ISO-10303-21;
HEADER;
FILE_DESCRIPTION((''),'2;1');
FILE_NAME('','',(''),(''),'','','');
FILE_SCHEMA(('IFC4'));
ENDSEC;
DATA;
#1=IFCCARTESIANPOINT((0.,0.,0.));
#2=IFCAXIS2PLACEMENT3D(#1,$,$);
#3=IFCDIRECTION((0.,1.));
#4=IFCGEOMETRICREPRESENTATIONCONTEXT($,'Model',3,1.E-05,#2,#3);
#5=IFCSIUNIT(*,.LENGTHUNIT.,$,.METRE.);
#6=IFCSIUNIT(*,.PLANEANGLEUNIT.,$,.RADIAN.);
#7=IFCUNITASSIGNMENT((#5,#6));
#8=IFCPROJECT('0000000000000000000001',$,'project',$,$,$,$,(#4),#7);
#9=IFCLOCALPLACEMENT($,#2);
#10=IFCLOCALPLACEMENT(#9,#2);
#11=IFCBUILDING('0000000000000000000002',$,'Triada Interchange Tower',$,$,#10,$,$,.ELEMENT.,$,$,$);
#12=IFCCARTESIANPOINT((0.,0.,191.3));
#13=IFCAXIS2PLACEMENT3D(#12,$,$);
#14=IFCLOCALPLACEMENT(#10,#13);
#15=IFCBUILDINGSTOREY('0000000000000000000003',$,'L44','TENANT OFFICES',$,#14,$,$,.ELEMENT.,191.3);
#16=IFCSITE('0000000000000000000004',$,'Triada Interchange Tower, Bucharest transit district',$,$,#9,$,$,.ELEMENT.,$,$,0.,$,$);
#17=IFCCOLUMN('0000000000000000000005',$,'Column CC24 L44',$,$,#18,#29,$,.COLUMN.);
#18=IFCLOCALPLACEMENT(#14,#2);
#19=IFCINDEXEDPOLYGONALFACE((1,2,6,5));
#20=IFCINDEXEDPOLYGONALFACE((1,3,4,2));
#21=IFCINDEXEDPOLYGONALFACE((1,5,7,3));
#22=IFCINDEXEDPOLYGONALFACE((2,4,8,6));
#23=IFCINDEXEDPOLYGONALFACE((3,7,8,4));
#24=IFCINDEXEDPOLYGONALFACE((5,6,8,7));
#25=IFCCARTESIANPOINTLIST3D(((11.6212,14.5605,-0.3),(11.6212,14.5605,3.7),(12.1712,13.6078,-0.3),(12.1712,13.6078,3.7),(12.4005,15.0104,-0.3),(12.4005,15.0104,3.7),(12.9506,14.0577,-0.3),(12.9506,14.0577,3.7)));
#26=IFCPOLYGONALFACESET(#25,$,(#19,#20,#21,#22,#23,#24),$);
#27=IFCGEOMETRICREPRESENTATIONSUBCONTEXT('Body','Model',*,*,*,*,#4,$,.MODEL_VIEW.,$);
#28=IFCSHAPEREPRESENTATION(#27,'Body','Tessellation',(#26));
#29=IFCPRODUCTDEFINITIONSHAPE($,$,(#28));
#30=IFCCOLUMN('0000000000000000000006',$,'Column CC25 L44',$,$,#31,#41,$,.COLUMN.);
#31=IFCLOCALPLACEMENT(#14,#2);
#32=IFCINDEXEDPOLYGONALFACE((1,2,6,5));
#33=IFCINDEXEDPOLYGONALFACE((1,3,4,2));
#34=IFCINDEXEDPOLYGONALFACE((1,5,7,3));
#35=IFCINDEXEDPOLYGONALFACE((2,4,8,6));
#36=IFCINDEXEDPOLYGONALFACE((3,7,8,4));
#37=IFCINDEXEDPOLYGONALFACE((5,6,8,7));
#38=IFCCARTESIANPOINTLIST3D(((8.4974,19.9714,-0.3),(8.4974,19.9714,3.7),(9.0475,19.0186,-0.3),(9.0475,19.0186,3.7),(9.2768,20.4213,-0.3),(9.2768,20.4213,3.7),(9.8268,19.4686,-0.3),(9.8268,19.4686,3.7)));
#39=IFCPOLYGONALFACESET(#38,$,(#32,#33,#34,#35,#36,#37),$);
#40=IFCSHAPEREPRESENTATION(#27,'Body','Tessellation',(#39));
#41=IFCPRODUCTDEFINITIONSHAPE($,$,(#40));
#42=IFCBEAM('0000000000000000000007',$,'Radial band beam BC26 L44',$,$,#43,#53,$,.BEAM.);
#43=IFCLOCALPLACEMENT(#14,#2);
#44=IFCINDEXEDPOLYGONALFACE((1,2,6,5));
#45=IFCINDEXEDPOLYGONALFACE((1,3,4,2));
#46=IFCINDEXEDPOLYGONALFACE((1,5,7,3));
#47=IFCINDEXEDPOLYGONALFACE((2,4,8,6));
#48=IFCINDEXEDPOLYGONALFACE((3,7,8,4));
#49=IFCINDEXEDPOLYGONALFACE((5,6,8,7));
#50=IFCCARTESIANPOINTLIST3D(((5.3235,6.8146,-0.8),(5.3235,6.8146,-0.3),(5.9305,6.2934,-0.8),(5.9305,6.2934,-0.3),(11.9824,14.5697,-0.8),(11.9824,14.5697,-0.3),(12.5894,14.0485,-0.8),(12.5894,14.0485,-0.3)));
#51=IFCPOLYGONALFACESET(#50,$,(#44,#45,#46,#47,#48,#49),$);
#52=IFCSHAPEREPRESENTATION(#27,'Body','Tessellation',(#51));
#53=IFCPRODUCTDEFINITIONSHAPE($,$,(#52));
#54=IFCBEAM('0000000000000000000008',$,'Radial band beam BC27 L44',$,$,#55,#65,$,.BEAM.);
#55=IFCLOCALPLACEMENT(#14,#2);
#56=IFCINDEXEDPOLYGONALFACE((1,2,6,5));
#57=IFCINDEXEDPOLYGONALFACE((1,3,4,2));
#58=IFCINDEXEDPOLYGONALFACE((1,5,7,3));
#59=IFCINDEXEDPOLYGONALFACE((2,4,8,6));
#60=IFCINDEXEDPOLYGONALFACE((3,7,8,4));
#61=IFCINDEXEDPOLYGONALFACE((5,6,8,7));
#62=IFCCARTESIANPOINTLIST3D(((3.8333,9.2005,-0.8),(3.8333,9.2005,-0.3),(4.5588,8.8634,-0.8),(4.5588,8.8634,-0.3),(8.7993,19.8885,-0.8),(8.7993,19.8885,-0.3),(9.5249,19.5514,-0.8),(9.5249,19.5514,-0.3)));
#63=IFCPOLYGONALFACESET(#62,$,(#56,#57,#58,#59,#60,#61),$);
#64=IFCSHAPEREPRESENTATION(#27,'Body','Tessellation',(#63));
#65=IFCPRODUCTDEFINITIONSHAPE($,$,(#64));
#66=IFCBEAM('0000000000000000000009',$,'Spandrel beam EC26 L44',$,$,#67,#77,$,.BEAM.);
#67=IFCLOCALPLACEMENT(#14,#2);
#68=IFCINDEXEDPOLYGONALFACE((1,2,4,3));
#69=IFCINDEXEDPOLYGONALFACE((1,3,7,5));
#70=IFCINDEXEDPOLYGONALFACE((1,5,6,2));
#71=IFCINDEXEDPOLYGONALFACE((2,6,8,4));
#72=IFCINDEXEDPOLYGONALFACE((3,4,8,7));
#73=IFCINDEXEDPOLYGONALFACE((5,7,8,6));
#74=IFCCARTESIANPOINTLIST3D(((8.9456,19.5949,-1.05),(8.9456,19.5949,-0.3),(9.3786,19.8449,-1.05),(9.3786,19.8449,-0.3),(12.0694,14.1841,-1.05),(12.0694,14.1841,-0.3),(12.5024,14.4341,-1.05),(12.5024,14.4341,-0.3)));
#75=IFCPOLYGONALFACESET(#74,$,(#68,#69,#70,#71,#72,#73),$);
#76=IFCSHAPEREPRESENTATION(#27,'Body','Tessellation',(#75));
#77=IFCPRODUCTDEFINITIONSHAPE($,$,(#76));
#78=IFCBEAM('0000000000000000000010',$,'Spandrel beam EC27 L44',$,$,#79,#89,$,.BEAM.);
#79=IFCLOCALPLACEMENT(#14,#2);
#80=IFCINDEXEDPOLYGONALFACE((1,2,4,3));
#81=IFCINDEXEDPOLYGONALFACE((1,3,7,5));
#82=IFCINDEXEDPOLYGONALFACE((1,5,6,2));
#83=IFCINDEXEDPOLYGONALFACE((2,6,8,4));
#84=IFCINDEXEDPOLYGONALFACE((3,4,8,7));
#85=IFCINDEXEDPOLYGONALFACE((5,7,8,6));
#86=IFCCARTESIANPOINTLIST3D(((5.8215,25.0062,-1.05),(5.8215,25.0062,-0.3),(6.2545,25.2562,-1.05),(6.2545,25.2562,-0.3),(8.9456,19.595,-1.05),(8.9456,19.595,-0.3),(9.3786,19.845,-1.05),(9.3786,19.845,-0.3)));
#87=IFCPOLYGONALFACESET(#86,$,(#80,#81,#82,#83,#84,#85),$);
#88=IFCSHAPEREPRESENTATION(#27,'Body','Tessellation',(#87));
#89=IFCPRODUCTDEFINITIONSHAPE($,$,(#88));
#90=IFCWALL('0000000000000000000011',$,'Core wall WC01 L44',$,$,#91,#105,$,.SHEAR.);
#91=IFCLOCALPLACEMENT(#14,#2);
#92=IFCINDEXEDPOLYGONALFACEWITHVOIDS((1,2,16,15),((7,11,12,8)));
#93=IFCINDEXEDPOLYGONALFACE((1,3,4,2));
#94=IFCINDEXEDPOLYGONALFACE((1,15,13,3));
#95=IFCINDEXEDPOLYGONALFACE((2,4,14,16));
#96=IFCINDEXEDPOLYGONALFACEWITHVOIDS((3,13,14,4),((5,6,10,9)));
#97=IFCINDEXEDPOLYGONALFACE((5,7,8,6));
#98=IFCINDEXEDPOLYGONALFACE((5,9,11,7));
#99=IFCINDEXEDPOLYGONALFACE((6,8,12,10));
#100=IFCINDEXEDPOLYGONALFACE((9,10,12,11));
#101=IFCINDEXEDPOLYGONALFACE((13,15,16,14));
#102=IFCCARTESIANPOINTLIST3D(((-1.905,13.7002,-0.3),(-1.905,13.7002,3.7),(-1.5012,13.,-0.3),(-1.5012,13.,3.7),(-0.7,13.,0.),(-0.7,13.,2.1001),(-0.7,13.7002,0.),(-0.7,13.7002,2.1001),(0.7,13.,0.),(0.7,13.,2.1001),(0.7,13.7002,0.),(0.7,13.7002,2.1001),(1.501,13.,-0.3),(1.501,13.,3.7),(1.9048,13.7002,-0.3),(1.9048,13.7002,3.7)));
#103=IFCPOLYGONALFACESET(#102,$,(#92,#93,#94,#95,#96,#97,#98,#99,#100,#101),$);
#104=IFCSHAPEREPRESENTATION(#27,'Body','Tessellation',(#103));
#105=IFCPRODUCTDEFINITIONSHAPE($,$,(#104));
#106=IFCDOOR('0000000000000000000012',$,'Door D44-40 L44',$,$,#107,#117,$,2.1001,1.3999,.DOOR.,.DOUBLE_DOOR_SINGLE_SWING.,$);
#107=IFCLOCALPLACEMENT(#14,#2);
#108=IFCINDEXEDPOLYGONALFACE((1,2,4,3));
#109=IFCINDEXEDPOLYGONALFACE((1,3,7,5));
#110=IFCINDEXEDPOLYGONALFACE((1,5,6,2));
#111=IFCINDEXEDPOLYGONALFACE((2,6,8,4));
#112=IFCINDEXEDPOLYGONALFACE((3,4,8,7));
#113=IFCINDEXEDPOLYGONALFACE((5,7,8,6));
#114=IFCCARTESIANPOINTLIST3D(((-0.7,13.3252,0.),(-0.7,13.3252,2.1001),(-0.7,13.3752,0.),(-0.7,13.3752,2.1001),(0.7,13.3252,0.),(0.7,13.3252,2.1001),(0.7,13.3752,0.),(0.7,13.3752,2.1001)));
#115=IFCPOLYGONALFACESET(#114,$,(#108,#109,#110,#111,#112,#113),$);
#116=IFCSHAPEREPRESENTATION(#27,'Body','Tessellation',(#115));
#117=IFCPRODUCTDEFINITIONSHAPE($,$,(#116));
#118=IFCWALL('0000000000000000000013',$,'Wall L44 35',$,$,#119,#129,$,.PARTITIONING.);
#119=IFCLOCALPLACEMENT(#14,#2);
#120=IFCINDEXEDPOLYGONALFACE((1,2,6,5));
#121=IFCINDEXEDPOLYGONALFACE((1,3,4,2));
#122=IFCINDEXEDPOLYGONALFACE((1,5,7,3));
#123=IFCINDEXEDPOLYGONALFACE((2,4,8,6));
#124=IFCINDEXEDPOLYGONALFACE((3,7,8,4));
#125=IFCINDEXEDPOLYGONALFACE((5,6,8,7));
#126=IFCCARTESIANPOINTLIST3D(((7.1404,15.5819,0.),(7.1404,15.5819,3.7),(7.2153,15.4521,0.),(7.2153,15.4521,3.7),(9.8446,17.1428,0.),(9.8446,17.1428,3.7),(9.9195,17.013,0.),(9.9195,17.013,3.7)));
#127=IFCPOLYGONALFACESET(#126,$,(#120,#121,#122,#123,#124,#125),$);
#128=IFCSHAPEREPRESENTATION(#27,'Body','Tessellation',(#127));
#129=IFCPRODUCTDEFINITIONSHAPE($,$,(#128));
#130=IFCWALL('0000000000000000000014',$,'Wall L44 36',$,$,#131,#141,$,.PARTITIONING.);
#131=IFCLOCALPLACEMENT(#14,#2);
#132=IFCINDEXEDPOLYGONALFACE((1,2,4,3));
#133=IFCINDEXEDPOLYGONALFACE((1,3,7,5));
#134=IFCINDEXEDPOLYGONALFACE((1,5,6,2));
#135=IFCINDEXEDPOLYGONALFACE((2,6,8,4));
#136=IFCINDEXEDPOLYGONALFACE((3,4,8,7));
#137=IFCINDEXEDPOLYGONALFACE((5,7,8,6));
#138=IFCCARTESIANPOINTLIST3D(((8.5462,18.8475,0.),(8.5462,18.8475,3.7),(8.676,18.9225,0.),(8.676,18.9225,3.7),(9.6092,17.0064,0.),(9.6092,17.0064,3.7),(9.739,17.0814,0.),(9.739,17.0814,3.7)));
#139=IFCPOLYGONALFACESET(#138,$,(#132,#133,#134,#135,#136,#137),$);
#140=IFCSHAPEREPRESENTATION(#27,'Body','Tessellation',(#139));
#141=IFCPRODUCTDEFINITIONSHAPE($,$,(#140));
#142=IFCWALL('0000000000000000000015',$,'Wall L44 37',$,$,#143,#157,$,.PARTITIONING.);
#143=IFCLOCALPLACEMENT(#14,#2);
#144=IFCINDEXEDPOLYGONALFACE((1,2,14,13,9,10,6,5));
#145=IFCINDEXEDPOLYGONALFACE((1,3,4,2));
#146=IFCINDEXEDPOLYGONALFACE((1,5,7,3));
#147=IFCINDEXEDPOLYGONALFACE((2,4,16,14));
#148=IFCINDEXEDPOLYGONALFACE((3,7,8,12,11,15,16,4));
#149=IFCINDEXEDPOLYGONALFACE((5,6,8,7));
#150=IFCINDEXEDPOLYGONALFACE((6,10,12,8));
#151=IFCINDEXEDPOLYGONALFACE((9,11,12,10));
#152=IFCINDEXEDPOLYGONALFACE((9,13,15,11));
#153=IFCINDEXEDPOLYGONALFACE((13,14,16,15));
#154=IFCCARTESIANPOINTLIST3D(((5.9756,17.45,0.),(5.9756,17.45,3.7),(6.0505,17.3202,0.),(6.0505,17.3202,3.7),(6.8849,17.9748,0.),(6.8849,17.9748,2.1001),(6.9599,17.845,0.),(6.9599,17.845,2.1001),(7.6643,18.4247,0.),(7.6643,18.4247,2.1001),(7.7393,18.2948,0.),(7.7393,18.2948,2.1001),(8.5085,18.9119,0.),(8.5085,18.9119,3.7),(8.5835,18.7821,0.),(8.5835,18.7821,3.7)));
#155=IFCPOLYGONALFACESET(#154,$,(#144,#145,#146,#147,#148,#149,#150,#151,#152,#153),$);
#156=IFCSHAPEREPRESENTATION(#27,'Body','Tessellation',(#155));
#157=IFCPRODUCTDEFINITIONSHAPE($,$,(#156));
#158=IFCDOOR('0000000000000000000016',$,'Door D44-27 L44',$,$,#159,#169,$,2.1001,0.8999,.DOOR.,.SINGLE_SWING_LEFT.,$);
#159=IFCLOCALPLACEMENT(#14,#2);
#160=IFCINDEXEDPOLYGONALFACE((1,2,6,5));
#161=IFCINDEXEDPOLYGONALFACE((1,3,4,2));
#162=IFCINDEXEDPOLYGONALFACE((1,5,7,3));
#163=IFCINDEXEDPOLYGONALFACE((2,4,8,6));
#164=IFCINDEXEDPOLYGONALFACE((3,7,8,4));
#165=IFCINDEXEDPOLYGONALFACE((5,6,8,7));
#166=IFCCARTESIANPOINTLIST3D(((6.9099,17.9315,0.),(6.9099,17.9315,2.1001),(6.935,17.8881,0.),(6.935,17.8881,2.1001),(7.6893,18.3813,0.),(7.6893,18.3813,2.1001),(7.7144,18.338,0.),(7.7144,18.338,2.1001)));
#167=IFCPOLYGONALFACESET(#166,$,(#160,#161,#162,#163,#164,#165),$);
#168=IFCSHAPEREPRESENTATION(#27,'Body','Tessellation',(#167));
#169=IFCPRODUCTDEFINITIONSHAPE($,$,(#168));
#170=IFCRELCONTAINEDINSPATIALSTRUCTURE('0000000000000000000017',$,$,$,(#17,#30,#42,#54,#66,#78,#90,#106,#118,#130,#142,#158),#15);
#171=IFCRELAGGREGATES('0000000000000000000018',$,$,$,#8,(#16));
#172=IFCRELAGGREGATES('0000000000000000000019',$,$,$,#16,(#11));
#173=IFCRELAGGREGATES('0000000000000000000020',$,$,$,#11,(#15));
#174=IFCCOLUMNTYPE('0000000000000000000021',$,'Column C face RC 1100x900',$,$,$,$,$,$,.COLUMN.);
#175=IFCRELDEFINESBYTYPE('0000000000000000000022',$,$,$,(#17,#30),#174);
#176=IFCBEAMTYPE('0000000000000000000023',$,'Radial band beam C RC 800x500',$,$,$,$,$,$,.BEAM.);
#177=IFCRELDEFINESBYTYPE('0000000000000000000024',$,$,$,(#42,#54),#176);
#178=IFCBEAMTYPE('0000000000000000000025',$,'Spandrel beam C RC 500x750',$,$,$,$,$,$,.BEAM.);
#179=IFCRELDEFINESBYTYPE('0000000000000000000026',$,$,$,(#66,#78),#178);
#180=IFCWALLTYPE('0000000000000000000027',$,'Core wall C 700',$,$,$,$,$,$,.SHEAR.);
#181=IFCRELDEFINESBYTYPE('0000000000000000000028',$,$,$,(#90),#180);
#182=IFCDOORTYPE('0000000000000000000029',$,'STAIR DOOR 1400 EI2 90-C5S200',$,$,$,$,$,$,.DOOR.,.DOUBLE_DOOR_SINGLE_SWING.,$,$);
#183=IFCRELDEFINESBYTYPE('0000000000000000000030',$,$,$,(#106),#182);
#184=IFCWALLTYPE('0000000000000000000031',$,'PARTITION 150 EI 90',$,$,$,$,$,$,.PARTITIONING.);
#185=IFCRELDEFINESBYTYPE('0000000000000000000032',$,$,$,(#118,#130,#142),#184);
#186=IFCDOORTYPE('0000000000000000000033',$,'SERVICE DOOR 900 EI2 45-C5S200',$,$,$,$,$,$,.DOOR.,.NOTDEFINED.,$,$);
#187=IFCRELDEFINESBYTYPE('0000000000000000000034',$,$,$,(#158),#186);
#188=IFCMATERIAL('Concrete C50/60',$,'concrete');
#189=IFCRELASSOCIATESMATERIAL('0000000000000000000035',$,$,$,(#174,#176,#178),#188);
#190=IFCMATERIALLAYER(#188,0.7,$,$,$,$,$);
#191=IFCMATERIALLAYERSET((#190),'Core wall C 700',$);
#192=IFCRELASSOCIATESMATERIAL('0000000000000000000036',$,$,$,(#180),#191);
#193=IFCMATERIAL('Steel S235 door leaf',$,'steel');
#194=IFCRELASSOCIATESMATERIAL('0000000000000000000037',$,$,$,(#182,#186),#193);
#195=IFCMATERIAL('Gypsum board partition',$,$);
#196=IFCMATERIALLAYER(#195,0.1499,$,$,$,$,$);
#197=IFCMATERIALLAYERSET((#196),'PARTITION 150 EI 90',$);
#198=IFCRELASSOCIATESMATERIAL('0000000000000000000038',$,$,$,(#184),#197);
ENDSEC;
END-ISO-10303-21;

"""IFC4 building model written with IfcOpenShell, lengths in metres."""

from ifc_helpers import new_model, si_unit, direction, frame, frame_2d, origin, origin_2d, place, context, subcontext, project, spatial, polyline, rectangle, outline, extrude, material, layer, layer_set, material_profile, profile_set, type_object, element, fill, save


model = new_model("IFC4")

# Units and contexts
model_context = context("Model", 3, precision=1e-05, world=origin(), true_north=direction((0.0, 1.0)))
body_context = subcontext(model_context, "Body", "Model", "MODEL_VIEW")
ifc_project = project(units=[si_unit("LENGTHUNIT", "METRE"), si_unit("PLANEANGLEUNIT", "RADIAN")], contexts=[model_context])

# Site, building, storey
site_placement = place(None, origin())
site = spatial("IfcSite", under=ifc_project, at=site_placement, Name="Triada Interchange Tower, Bucharest transit district", CompositionType="ELEMENT", RefElevation=0.0)
building_placement = place(site_placement, origin())
building = spatial("IfcBuilding", under=site, at=building_placement, Name="Triada Interchange Tower", CompositionType="ELEMENT")
storey_placement = place(building_placement, frame((0.0, 0.0, 191.3)))
storey = spatial("IfcBuildingStorey", under=building, at=storey_placement, Name="L44", Description="TENANT OFFICES", CompositionType="ELEMENT", Elevation=191.3)

# Columns
ifc_material_1 = material(Name="Concrete C50/60", Category="concrete")
ifc_material_profile_1 = material_profile(ifc_material_1, rectangle(XDim=1.1001, YDim=0.8999, at=origin_2d()), Name="RC 1100x900")
ifc_profile_set_1 = profile_set([ifc_material_profile_1], Name="Concrete C50/60")
column_type = type_object("IfcColumnType", Name="Column C face RC 1100x900", PredefinedType="COLUMN", material=ifc_profile_set_1)
for number, where, z_axis, x_axis, name in (
    (1, (12.2859, 14.3091, -0.3), (0.0, 0.0, 1.0), (-0.5, 0.866025, 0.0), "Column CC24 L44"),
    (2, (9.1621, 19.72, -0.3), (0.0, 0.0, 1.0), (-0.5, 0.866025, 0.0), "Column CC25 L44"),
):
    element("IfcColumn", number, at=place(storey_placement, frame(where, z_axis=z_axis, x_axis=x_axis)), inside=storey, type_object=column_type, Name=name, PredefinedType="COLUMN", context=body_context, shape_type="SweptSolid", body=[
        extrude(rectangle(XDim=1.1001, YDim=0.8999, at=origin_2d()), origin(), (0.0, 0.0, 1.0), 4.0),
    ])

# Beams
ifc_material_profile_2 = material_profile(ifc_material_1, rectangle(XDim=0.8, YDim=0.5, at=origin_2d()), Name="RC 800x500")
ifc_profile_set_2 = profile_set([ifc_material_profile_2], Name="Concrete C50/60")
beam_type_1 = type_object("IfcBeamType", Name="Radial band beam C RC 800x500", PredefinedType="BEAM", material=ifc_profile_set_2)
beam_1_placement = place(storey_placement, frame((12.2859, 14.3091, -0.55), z_axis=(-0.65145, -0.758692, 0.0), x_axis=(0.758692, -0.65145, 0.0)))
element("IfcBeam", 3, at=beam_1_placement, inside=storey, type_object=beam_type_1, Name="Radial band beam BC26 L44", PredefinedType="BEAM", context=body_context, shape_type="SweptSolid", body=[
    extrude(rectangle(XDim=0.8, YDim=0.5, at=origin_2d()), origin(), (0.0, 0.0, 1.0), 10.2217),
])
beam_2_placement = place(storey_placement, frame((9.1621, 19.72, -0.55), z_axis=(-0.421375, -0.906886, 0.0), x_axis=(0.906886, -0.421375, 0.0)))
element("IfcBeam", 4, at=beam_2_placement, inside=storey, type_object=beam_type_1, Name="Radial band beam BC27 L44", PredefinedType="BEAM", context=body_context, shape_type="SweptSolid", body=[
    extrude(rectangle(XDim=0.8, YDim=0.5, at=origin_2d()), origin(), (0.0, 0.0, 1.0), 11.7854),
])
ifc_material_profile_3 = material_profile(ifc_material_1, rectangle(XDim=0.5, YDim=0.75, at=origin_2d()), Name="RC 500x750")
ifc_profile_set_3 = profile_set([ifc_material_profile_3], Name="Concrete C50/60")
beam_type_2 = type_object("IfcBeamType", Name="Spandrel beam C RC 500x750", PredefinedType="BEAM", material=ifc_profile_set_3)
beam_3_placement = place(storey_placement, frame((12.2859, 14.3091, -0.675), z_axis=(-0.499976, 0.866039, 0.0), x_axis=(-0.866039, -0.499976, 0.0)))
element("IfcBeam", 5, at=beam_3_placement, inside=storey, type_object=beam_type_2, Name="Spandrel beam EC26 L44", PredefinedType="BEAM", context=body_context, shape_type="SweptSolid", body=[
    extrude(rectangle(XDim=0.5, YDim=0.75, at=origin_2d()), origin(), (0.0, 0.0, 1.0), 6.2478),
])
beam_4_placement = place(storey_placement, frame((9.1621, 19.72, -0.675), z_axis=(-0.499989, 0.866032, 0.0), x_axis=(-0.866032, -0.499989, 0.0)))
element("IfcBeam", 6, at=beam_4_placement, inside=storey, type_object=beam_type_2, Name="Spandrel beam EC27 L44", PredefinedType="BEAM", context=body_context, shape_type="SweptSolid", body=[
    extrude(rectangle(XDim=0.5, YDim=0.75, at=origin_2d()), origin(), (0.0, 0.0, 1.0), 6.2483),
])

# Wall, opening, door
ifc_layer_1 = layer(ifc_material_1, 0.7)
ifc_layer_set_1 = layer_set([ifc_layer_1], Name="Core wall C 700")
wall_type_1 = type_object("IfcWallType", Name="Core wall C 700", PredefinedType="SHEAR", material=ifc_layer_set_1)
wall_1_placement = place(storey_placement, frame((1.7029, 13.3501, -0.3), z_axis=(0.0, 0.0, 1.0), x_axis=(-1.0, 0.0, 0.0)))
wall_1 = element("IfcWall", 7, at=wall_1_placement, inside=storey, type_object=wall_type_1, Name="Core wall WC01 L44", PredefinedType="SHEAR", context=body_context, shape_type="SweptSolid", body=[
    extrude(outline(polyline([(-0.2019, -0.3501), (1.7031, -0.3501), (3.6079, -0.3501), (3.2041, 0.3501), (1.7031, 0.3501), (0.2019, 0.3501), (-0.2019, -0.3501)])), origin(), (0.0, 0.0, 1.0), 4.0),
])
opening_1_placement = place(wall_1_placement, frame((1.0029, 0.0, 0.3)))
opening_1 = element("IfcOpeningElement", 8, at=opening_1_placement, cuts=wall_1, PredefinedType="OPENING", context=body_context, shape_type="SweptSolid", body=[
    extrude(rectangle(XDim=1.3999, YDim=2.1001, at=frame_2d((0.7, 1.05))), frame((0.0, 0.3601, 0.0), z_axis=(0.0, -1.0, 0.0), x_axis=(1.0, 0.0, 0.0)), (0.0, 0.0, 1.0), 0.7202),
])
ifc_material_2 = material(Name="Steel S235 door leaf", Category="steel")
door_type_1 = type_object("IfcDoorType", Name="STAIR DOOR 1400 EI2 90-C5S200", OperationType="DOUBLE_DOOR_SINGLE_SWING", PredefinedType="DOOR", material=ifc_material_2)
door_1_placement = place(opening_1_placement, origin())
door_1 = element("IfcDoor", 9, at=door_1_placement, inside=storey, type_object=door_type_1, Name="Door D44-40 L44", OperationType="DOUBLE_DOOR_SINGLE_SWING", OverallHeight=2.1001, OverallWidth=1.3999, PredefinedType="DOOR", context=body_context, shape_type="SweptSolid", body=[
    extrude(rectangle(XDim=1.3999, YDim=2.1001, at=frame_2d((0.7, 1.05))), frame((0.0, 0.0249, 0.0), z_axis=(0.0, -1.0, 0.0), x_axis=(1.0, 0.0, 0.0)), (0.0, 0.0, 1.0), 0.05),
])
fill(opening_1, door_1)

# Walls
ifc_material_3 = material(Name="Gypsum board partition")
ifc_layer_2 = layer(ifc_material_3, 0.1499)
ifc_layer_set_2 = layer_set([ifc_layer_2], Name="PARTITION 150 EI 90")
wall_type_2 = type_object("IfcWallType", Name="PARTITION 150 EI 90", PredefinedType="PARTITIONING", material=ifc_layer_set_2)
wall_2_placement = place(storey_placement, frame((7.178, 15.5171, 0.0), z_axis=(0.0, 0.0, 1.0), x_axis=(0.866084, 0.499898, 0.0)))
element("IfcWall", 10, at=wall_2_placement, inside=storey, type_object=wall_type_2, Name="Wall L44 35", PredefinedType="PARTITIONING", context=body_context, shape_type="SweptSolid", body=[
    extrude(rectangle(XDim=3.1223, YDim=0.1499, at=frame_2d((1.561, 0.0))), origin(), (0.0, 0.0, 1.0), 3.7),
])
wall_3_placement = place(storey_placement, frame((8.6111, 18.885, 0.0), z_axis=(0.0, 0.0, 1.0), x_axis=(0.500017, -0.866015, 0.0)))
element("IfcWall", 11, at=wall_3_placement, inside=storey, type_object=wall_type_2, Name="Wall L44 36", PredefinedType="PARTITIONING", context=body_context, shape_type="SweptSolid", body=[
    extrude(rectangle(XDim=2.126, YDim=0.1499, at=frame_2d((1.063, 0.0))), origin(), (0.0, 0.0, 1.0), 3.7),
])

# Wall, opening, door
wall_4_placement = place(storey_placement, frame((6.0129, 17.385, 0.0), z_axis=(0.0, 0.0, 1.0), x_axis=(0.866098, 0.499874, 0.0)))
wall_4 = element("IfcWall", 12, at=wall_4_placement, inside=storey, type_object=wall_type_2, Name="Wall L44 37", PredefinedType="PARTITIONING", context=body_context, shape_type="SweptSolid", body=[
    extrude(rectangle(XDim=2.9246, YDim=0.1499, at=frame_2d((1.4624, 0.0))), origin(), (0.0, 0.0, 1.0), 3.7),
])
opening_2_placement = place(wall_4_placement, frame((1.05, 0.0, 0.0)))
opening_2 = element("IfcOpeningElement", 13, at=opening_2_placement, cuts=wall_4, PredefinedType="OPENING", context=body_context, shape_type="SweptSolid", body=[
    extrude(rectangle(XDim=0.8999, YDim=2.1001, at=frame_2d((0.45, 1.05))), frame((0.0, 0.085, 0.0), z_axis=(0.0, -1.0, 0.0), x_axis=(1.0, 0.0, 0.0)), (0.0, 0.0, 1.0), 0.1699),
])
door_type_2 = type_object("IfcDoorType", Name="SERVICE DOOR 900 EI2 45-C5S200", OperationType="NOTDEFINED", PredefinedType="DOOR", material=ifc_material_2)
door_2_placement = place(opening_2_placement, origin())
door_2 = element("IfcDoor", 14, at=door_2_placement, inside=storey, type_object=door_type_2, Name="Door D44-27 L44", OperationType="SINGLE_SWING_LEFT", OverallHeight=2.1001, OverallWidth=0.8999, PredefinedType="DOOR", context=body_context, shape_type="SweptSolid", body=[
    extrude(rectangle(XDim=0.8999, YDim=2.1001, at=frame_2d((0.45, 1.05))), frame((0.0, 0.0249, 0.0), z_axis=(0.0, -1.0, 0.0), x_axis=(1.0, 0.0, 0.0)), (0.0, 0.0, 1.0), 0.05),
])
fill(opening_2, door_2)

save(model, "model.ifc")
